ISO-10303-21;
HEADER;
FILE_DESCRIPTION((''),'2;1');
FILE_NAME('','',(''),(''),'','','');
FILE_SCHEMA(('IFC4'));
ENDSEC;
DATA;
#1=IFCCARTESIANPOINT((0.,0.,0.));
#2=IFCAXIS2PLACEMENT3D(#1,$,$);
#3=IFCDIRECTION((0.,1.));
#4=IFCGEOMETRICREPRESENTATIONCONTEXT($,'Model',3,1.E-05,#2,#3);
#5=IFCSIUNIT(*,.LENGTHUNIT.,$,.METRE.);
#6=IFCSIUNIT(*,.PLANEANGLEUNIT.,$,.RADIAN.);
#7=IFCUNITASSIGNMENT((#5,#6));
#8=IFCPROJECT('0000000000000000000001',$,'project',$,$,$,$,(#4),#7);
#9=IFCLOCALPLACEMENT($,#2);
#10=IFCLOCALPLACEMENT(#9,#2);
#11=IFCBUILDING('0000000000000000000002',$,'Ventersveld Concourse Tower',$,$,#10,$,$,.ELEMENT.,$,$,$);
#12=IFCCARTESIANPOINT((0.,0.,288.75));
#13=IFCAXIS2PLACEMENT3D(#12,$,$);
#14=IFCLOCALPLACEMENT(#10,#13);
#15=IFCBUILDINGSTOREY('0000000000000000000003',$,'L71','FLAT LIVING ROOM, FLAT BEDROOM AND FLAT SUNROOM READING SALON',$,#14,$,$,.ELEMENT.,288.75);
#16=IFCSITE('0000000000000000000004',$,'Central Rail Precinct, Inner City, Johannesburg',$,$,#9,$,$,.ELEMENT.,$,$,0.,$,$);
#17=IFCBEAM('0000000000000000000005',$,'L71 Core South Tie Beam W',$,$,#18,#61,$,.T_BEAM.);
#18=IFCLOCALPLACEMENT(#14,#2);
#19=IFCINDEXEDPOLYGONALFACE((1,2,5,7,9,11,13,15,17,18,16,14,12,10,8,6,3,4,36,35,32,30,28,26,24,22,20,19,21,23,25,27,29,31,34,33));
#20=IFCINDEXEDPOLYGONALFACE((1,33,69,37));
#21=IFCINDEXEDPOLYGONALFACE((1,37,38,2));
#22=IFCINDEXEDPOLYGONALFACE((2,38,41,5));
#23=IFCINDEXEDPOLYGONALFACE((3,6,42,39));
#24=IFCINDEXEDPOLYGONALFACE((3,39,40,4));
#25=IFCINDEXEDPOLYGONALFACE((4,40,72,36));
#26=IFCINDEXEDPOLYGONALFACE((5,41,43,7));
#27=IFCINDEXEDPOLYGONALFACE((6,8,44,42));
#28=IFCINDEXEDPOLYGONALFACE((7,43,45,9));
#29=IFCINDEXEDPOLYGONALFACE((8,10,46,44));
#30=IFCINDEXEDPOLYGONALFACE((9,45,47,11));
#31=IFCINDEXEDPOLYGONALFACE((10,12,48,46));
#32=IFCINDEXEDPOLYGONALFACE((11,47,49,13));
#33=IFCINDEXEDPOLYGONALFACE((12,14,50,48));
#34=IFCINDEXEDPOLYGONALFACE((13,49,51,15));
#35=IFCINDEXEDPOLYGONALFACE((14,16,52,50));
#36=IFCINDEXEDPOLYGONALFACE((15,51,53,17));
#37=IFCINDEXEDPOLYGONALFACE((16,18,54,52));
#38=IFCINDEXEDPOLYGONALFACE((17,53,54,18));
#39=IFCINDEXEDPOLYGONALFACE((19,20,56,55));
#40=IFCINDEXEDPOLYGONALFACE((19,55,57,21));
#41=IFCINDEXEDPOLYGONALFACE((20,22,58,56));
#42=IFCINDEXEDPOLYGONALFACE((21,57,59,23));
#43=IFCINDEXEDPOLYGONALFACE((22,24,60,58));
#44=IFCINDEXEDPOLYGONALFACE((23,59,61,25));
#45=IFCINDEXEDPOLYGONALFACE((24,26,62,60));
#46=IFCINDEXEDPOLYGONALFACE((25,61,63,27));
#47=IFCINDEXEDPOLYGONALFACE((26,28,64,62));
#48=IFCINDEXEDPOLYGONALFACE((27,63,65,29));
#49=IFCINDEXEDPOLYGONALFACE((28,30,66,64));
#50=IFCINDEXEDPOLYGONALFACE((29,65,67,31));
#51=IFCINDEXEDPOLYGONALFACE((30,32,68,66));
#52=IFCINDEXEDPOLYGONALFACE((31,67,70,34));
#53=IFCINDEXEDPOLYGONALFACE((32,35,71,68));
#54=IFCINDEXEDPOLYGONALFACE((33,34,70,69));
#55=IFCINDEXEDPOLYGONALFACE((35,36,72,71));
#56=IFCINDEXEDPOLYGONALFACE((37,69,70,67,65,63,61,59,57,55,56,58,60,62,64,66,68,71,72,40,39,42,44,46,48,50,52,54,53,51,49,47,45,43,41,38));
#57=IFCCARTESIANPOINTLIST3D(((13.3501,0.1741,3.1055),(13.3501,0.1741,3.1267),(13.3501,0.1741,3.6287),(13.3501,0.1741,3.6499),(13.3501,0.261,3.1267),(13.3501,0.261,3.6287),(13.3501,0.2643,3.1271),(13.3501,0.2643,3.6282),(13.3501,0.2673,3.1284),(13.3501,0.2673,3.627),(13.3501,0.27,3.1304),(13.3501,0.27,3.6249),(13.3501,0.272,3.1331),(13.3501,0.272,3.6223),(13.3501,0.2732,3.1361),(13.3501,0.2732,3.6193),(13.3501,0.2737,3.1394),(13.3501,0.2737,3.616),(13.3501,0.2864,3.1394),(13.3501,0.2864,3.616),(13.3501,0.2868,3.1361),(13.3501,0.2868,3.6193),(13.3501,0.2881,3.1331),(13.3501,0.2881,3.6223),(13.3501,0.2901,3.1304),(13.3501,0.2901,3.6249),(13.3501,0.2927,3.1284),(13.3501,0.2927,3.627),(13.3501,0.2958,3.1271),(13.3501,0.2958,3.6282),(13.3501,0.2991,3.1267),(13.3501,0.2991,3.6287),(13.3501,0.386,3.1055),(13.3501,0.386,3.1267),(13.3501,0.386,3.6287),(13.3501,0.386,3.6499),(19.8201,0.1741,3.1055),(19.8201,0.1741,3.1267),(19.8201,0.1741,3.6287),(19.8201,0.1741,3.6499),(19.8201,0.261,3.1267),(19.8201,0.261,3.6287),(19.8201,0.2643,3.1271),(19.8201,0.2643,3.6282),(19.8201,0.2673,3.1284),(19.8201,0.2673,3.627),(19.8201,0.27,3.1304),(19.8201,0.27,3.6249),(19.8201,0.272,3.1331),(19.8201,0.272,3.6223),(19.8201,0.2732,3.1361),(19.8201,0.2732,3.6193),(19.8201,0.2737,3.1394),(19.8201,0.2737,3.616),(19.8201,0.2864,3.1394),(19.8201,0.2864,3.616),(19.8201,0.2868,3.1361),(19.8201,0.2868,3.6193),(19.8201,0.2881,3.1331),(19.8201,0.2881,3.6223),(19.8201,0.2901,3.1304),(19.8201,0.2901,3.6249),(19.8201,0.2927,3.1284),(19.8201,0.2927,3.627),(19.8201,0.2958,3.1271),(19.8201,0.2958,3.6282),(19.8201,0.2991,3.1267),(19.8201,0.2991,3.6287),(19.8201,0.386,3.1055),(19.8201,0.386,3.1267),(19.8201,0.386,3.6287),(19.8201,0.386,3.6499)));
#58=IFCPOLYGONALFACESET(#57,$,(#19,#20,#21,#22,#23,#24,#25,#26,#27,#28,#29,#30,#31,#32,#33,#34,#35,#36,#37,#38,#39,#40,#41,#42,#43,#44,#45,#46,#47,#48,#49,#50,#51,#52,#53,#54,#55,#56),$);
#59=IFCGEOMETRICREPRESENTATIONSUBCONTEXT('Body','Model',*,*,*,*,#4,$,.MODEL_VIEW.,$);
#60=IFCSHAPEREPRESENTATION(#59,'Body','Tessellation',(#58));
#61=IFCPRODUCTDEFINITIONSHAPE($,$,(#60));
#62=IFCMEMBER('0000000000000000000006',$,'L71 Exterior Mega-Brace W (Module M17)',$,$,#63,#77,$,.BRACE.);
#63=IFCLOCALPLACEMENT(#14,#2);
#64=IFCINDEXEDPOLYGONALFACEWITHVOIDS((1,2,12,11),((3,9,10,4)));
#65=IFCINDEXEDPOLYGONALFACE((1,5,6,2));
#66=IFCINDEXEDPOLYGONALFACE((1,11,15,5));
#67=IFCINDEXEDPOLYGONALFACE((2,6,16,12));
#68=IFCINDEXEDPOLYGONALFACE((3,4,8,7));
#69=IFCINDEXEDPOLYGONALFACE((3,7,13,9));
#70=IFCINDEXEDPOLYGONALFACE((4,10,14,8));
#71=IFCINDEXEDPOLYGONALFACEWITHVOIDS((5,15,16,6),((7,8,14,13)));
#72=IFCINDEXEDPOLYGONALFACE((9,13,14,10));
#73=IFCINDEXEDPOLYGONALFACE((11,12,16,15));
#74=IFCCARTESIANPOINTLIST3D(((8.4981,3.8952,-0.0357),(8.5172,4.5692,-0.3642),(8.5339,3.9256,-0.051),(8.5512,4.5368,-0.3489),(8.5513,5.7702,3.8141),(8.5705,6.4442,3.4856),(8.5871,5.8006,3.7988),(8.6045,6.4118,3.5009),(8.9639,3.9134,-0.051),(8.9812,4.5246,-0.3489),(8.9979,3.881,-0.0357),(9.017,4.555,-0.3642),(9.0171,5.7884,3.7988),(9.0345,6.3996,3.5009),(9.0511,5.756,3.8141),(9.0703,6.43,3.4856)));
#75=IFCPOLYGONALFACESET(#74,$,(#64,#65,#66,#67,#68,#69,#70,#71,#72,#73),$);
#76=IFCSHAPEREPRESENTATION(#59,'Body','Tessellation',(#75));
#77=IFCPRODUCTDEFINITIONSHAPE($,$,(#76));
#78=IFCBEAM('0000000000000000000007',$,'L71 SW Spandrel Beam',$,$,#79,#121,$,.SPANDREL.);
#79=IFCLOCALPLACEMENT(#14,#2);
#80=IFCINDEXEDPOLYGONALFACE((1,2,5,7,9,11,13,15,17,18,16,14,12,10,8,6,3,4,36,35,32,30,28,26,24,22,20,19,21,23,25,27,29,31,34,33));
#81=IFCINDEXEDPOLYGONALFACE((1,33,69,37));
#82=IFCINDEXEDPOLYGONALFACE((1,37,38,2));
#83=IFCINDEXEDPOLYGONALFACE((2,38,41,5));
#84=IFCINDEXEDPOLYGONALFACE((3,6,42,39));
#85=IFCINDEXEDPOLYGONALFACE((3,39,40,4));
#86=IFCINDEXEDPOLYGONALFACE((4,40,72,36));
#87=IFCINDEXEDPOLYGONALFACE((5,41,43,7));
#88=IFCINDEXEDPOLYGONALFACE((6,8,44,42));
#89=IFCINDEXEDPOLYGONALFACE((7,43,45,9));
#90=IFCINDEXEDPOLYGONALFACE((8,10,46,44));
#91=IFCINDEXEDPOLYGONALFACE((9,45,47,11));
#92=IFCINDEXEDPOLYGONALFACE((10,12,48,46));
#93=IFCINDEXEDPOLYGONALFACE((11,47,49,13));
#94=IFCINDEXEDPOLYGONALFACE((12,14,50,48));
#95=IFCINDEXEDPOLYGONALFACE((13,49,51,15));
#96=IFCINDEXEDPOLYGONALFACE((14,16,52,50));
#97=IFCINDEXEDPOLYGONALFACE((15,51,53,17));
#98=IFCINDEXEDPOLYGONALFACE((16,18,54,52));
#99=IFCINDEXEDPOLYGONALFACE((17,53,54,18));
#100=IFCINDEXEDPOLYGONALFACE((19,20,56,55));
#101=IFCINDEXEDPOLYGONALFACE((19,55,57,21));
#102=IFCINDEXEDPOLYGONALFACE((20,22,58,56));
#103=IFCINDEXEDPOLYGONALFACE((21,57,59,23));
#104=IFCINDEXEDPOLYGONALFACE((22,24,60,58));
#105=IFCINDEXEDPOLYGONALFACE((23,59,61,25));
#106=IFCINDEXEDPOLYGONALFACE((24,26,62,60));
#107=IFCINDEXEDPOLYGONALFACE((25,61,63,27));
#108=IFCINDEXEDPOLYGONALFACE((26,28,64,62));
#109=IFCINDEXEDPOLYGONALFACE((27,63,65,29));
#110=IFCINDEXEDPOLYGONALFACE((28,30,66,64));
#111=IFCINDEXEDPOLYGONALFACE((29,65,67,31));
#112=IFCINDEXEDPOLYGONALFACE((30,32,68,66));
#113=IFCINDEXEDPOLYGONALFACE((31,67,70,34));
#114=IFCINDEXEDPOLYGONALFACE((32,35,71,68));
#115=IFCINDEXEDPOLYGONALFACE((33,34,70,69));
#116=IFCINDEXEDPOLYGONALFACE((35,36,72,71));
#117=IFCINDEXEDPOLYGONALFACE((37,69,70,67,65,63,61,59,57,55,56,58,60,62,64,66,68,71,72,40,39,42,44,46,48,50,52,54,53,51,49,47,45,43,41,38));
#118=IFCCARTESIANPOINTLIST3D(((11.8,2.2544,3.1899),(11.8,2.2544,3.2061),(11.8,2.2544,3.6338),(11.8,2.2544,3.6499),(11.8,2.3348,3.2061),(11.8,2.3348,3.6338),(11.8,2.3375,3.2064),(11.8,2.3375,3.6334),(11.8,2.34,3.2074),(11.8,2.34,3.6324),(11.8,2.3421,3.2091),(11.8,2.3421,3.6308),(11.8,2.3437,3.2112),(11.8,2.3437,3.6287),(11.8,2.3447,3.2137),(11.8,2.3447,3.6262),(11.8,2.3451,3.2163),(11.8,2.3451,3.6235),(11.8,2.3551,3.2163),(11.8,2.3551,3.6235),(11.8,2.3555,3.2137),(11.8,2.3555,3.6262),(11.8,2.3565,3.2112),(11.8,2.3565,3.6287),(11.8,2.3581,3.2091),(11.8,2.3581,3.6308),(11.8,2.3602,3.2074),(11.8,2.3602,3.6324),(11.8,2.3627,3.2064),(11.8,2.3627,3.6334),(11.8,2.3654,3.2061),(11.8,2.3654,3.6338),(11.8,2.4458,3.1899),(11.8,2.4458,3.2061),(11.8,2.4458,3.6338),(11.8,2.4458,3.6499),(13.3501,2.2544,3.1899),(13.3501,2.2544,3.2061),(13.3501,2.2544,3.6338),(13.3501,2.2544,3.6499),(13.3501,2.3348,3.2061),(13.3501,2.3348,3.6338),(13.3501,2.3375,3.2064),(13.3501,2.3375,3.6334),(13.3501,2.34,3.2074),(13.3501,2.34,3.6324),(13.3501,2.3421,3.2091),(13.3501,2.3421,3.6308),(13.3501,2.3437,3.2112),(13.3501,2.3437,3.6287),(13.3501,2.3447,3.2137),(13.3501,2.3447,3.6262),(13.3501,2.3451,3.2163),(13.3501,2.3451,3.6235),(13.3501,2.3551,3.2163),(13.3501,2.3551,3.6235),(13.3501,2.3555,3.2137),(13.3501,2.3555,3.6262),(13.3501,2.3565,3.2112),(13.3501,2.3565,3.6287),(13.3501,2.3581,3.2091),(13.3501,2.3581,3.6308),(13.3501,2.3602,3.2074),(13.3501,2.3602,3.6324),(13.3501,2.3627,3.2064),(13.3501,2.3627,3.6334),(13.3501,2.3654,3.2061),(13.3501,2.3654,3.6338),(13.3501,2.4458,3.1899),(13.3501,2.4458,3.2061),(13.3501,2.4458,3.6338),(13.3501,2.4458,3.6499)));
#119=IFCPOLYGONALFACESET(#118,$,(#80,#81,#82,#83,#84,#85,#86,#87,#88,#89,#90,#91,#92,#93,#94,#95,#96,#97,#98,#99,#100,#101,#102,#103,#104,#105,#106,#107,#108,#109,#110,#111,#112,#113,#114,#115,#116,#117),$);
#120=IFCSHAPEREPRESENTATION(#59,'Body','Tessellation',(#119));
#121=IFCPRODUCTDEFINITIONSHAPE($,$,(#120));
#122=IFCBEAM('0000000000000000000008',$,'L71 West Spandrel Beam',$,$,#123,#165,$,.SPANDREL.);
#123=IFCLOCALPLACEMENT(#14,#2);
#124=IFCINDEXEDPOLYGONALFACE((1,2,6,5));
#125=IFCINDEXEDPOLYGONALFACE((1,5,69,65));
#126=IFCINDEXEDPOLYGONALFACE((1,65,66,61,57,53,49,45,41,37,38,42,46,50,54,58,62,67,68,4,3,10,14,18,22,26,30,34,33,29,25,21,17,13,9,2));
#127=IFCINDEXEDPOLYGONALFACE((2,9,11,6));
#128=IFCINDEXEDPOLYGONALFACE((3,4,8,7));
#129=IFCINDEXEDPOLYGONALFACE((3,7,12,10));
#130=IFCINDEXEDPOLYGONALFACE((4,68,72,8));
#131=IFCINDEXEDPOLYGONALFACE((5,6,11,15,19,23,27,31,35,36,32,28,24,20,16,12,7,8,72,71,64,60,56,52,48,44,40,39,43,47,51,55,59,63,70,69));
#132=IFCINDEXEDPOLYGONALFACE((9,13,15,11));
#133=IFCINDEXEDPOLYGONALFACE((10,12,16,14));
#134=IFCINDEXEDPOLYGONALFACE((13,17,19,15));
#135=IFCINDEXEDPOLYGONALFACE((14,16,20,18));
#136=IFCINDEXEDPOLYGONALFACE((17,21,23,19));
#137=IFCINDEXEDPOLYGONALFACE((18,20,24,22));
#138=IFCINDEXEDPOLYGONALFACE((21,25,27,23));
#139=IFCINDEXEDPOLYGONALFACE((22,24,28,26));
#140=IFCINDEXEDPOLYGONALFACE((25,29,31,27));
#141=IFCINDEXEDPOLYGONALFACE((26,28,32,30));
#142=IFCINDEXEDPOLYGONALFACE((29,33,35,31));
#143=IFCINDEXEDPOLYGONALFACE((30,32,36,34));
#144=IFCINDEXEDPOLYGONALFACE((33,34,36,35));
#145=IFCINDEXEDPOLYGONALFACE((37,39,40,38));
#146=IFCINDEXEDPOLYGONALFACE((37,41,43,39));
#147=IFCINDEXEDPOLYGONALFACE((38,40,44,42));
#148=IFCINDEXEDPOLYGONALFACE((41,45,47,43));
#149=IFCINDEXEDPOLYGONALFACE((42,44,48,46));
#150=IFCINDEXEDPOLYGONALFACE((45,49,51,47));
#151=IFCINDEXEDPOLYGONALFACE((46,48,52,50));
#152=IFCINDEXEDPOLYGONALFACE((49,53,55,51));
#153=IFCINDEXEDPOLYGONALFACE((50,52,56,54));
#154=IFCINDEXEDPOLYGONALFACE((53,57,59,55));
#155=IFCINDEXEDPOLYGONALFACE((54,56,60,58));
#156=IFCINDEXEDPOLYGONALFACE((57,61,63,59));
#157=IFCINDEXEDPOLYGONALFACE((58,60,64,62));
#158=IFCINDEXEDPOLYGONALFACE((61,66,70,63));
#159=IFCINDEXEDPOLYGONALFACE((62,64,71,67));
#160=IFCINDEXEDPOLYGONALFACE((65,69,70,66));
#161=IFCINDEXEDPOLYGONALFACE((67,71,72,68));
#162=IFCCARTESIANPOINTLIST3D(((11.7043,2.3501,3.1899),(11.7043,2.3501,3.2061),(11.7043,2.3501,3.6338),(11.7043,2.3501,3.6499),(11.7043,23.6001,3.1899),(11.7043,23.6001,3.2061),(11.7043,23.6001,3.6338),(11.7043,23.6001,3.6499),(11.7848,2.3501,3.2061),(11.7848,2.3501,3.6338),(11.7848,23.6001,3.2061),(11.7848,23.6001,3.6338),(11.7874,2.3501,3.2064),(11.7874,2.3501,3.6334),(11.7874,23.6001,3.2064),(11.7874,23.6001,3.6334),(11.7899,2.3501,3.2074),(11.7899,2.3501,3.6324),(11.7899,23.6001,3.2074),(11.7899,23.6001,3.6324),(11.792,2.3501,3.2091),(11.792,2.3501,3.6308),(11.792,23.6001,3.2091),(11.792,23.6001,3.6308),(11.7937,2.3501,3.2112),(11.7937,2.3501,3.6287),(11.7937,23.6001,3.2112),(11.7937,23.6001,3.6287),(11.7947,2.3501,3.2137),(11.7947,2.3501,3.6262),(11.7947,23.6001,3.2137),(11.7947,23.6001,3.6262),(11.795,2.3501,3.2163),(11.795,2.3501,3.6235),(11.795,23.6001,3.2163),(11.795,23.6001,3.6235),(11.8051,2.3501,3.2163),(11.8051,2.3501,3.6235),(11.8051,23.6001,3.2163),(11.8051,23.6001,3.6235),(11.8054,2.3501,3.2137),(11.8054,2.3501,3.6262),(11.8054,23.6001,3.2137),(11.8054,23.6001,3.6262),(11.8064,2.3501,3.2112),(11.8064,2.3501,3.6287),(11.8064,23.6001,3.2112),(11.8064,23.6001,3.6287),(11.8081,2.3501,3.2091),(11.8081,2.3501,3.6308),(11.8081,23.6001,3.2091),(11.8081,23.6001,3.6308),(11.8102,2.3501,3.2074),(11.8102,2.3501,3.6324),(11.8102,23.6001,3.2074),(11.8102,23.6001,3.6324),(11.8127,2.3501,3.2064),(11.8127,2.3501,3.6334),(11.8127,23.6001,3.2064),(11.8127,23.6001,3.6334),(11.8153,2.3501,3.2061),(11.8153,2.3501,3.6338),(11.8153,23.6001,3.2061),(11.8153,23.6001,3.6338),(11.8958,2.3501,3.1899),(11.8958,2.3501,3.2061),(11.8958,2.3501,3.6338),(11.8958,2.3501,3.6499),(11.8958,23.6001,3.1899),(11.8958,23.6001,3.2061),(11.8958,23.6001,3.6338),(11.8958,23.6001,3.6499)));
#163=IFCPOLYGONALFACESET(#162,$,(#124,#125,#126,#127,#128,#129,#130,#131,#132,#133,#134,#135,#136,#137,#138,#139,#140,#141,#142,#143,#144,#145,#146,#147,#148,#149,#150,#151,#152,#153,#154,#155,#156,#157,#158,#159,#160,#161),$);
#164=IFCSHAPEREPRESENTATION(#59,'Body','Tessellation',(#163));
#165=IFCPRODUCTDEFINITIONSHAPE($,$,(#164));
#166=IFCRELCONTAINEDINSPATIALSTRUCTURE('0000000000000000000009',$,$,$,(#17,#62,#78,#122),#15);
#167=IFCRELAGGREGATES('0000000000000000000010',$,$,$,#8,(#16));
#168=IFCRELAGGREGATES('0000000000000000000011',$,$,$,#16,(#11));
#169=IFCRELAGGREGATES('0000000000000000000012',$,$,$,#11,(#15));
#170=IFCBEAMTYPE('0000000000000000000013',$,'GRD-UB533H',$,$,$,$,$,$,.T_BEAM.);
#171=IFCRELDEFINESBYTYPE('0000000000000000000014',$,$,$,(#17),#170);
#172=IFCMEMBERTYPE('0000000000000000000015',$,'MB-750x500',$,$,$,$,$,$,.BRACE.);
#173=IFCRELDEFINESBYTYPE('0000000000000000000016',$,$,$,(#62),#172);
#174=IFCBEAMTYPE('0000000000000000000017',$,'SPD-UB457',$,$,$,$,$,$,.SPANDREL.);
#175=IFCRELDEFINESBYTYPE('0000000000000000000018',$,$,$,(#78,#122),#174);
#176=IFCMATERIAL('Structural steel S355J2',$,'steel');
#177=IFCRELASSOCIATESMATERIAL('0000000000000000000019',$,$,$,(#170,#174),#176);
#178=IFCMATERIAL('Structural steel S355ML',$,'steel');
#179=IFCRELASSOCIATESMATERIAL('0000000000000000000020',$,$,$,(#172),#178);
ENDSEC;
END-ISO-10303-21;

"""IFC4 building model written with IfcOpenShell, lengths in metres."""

from ifc_helpers import new_model, si_unit, direction, frame, origin, origin_2d, place, context, subcontext, project, spatial, hollow_rectangle, i_section, extrude, material, material_profile, profile_set, type_object, element, save


model = new_model("IFC4")

# Units and contexts
model_context = context("Model", 3, precision=1e-05, world=origin(), true_north=direction((0.0, 1.0)))
body_context = subcontext(model_context, "Body", "Model", "MODEL_VIEW")
ifc_project = project(units=[si_unit("LENGTHUNIT", "METRE"), si_unit("PLANEANGLEUNIT", "RADIAN")], contexts=[model_context])

# Site, building, storey
site_placement = place(None, origin())
site = spatial("IfcSite", under=ifc_project, at=site_placement, Name="Central Rail Precinct, Inner City, Johannesburg", CompositionType="ELEMENT", RefElevation=0.0)
building_placement = place(site_placement, origin())
building = spatial("IfcBuilding", under=site, at=building_placement, Name="Ventersveld Concourse Tower", CompositionType="ELEMENT")
storey_placement = place(building_placement, frame((0.0, 0.0, 288.75)))
storey = spatial("IfcBuildingStorey", under=building, at=storey_placement, Name="L71", Description="FLAT LIVING ROOM, FLAT BEDROOM AND FLAT SUNROOM READING SALON", CompositionType="ELEMENT", Elevation=288.75)

# Beam
ifc_material_1 = material(Name="Structural steel S355J2", Category="steel")
ifc_material_profile_1 = material_profile(ifc_material_1, i_section(OverallWidth=0.2119, OverallDepth=0.5444, WebThickness=0.0127, FlangeThickness=0.0212, FilletRadius=0.0127, at=origin_2d()), Name="UB 533x210x122")
ifc_profile_set_1 = profile_set([ifc_material_profile_1], Name="Structural steel S355J2")
beam_type_1 = type_object("IfcBeamType", Name="GRD-UB533H", PredefinedType="T_BEAM", material=ifc_profile_set_1)
beam_1_placement = place(storey_placement, frame((13.3501, 0.28, 3.3777), z_axis=(1.0, 0.0, 0.0), x_axis=(0.0, 1.0, 0.0)))
element("IfcBeam", 1, at=beam_1_placement, inside=storey, type_object=beam_type_1, Name="L71 Core South Tie Beam W", PredefinedType="T_BEAM", context=body_context, shape_type="SweptSolid", body=[
    extrude(i_section(OverallWidth=0.2119, OverallDepth=0.5444, WebThickness=0.0127, FlangeThickness=0.0212, FilletRadius=0.0127, at=origin_2d()), origin(), (0.0, 0.0, 1.0), 6.47),
])

# Member
ifc_material_2 = material(Name="Structural steel S355ML", Category="steel")
ifc_material_profile_2 = material_profile(ifc_material_2, hollow_rectangle(XDim=0.5, YDim=0.75, WallThickness=0.0349, at=origin_2d()), Name="BOX 750x500x35")
ifc_profile_set_2 = profile_set([ifc_material_profile_2], Name="Structural steel S355ML")
member_type = type_object("IfcMemberType", Name="MB-750x500", PredefinedType="BRACE", material=ifc_profile_set_2)
member_placement = place(storey_placement, frame((8.7576, 4.2251, -0.2), z_axis=(0.012428, 0.437828, 0.898973), x_axis=(-0.999597, 0.028374, 0.0)))
element("IfcMember", 2, at=member_placement, inside=storey, type_object=member_type, Name="L71 Exterior Mega-Brace W (Module M17)", PredefinedType="BRACE", context=body_context, shape_type="SweptSolid", body=[
    extrude(hollow_rectangle(XDim=0.5, YDim=0.75, WallThickness=0.0349, at=origin_2d()), origin(), (0.0, 0.0, 1.0), 4.2825),
])

# Beams
ifc_material_profile_3 = material_profile(ifc_material_1, i_section(OverallWidth=0.1914, OverallDepth=0.46, WebThickness=0.01, FlangeThickness=0.0161, FilletRadius=0.0103, at=origin_2d()), Name="UB 457x191x82")
ifc_profile_set_3 = profile_set([ifc_material_profile_3], Name="Structural steel S355J2")
beam_type_2 = type_object("IfcBeamType", Name="SPD-UB457", PredefinedType="SPANDREL", material=ifc_profile_set_3)
beam_2_placement = place(storey_placement, frame((11.8, 2.3501, 3.4199), z_axis=(1.0, 0.0, 0.0), x_axis=(0.0, 1.0, 0.0)))
element("IfcBeam", 3, at=beam_2_placement, inside=storey, type_object=beam_type_2, Name="L71 SW Spandrel Beam", PredefinedType="SPANDREL", context=body_context, shape_type="SweptSolid", body=[
    extrude(i_section(OverallWidth=0.1914, OverallDepth=0.46, WebThickness=0.01, FlangeThickness=0.0161, FilletRadius=0.0103, at=origin_2d()), origin(), (0.0, 0.0, 1.0), 1.55),
])
beam_3_placement = place(storey_placement, frame((11.8, 2.3501, 3.4199), z_axis=(0.0, 1.0, 0.0), x_axis=(-1.0, 0.0, 0.0)))
element("IfcBeam", 4, at=beam_3_placement, inside=storey, type_object=beam_type_2, Name="L71 West Spandrel Beam", PredefinedType="SPANDREL", context=body_context, shape_type="SweptSolid", body=[
    extrude(i_section(OverallWidth=0.1914, OverallDepth=0.46, WebThickness=0.01, FlangeThickness=0.0161, FilletRadius=0.0103, at=origin_2d()), origin(), (0.0, 0.0, 1.0), 21.25),
])

save(model, "model.ifc")
